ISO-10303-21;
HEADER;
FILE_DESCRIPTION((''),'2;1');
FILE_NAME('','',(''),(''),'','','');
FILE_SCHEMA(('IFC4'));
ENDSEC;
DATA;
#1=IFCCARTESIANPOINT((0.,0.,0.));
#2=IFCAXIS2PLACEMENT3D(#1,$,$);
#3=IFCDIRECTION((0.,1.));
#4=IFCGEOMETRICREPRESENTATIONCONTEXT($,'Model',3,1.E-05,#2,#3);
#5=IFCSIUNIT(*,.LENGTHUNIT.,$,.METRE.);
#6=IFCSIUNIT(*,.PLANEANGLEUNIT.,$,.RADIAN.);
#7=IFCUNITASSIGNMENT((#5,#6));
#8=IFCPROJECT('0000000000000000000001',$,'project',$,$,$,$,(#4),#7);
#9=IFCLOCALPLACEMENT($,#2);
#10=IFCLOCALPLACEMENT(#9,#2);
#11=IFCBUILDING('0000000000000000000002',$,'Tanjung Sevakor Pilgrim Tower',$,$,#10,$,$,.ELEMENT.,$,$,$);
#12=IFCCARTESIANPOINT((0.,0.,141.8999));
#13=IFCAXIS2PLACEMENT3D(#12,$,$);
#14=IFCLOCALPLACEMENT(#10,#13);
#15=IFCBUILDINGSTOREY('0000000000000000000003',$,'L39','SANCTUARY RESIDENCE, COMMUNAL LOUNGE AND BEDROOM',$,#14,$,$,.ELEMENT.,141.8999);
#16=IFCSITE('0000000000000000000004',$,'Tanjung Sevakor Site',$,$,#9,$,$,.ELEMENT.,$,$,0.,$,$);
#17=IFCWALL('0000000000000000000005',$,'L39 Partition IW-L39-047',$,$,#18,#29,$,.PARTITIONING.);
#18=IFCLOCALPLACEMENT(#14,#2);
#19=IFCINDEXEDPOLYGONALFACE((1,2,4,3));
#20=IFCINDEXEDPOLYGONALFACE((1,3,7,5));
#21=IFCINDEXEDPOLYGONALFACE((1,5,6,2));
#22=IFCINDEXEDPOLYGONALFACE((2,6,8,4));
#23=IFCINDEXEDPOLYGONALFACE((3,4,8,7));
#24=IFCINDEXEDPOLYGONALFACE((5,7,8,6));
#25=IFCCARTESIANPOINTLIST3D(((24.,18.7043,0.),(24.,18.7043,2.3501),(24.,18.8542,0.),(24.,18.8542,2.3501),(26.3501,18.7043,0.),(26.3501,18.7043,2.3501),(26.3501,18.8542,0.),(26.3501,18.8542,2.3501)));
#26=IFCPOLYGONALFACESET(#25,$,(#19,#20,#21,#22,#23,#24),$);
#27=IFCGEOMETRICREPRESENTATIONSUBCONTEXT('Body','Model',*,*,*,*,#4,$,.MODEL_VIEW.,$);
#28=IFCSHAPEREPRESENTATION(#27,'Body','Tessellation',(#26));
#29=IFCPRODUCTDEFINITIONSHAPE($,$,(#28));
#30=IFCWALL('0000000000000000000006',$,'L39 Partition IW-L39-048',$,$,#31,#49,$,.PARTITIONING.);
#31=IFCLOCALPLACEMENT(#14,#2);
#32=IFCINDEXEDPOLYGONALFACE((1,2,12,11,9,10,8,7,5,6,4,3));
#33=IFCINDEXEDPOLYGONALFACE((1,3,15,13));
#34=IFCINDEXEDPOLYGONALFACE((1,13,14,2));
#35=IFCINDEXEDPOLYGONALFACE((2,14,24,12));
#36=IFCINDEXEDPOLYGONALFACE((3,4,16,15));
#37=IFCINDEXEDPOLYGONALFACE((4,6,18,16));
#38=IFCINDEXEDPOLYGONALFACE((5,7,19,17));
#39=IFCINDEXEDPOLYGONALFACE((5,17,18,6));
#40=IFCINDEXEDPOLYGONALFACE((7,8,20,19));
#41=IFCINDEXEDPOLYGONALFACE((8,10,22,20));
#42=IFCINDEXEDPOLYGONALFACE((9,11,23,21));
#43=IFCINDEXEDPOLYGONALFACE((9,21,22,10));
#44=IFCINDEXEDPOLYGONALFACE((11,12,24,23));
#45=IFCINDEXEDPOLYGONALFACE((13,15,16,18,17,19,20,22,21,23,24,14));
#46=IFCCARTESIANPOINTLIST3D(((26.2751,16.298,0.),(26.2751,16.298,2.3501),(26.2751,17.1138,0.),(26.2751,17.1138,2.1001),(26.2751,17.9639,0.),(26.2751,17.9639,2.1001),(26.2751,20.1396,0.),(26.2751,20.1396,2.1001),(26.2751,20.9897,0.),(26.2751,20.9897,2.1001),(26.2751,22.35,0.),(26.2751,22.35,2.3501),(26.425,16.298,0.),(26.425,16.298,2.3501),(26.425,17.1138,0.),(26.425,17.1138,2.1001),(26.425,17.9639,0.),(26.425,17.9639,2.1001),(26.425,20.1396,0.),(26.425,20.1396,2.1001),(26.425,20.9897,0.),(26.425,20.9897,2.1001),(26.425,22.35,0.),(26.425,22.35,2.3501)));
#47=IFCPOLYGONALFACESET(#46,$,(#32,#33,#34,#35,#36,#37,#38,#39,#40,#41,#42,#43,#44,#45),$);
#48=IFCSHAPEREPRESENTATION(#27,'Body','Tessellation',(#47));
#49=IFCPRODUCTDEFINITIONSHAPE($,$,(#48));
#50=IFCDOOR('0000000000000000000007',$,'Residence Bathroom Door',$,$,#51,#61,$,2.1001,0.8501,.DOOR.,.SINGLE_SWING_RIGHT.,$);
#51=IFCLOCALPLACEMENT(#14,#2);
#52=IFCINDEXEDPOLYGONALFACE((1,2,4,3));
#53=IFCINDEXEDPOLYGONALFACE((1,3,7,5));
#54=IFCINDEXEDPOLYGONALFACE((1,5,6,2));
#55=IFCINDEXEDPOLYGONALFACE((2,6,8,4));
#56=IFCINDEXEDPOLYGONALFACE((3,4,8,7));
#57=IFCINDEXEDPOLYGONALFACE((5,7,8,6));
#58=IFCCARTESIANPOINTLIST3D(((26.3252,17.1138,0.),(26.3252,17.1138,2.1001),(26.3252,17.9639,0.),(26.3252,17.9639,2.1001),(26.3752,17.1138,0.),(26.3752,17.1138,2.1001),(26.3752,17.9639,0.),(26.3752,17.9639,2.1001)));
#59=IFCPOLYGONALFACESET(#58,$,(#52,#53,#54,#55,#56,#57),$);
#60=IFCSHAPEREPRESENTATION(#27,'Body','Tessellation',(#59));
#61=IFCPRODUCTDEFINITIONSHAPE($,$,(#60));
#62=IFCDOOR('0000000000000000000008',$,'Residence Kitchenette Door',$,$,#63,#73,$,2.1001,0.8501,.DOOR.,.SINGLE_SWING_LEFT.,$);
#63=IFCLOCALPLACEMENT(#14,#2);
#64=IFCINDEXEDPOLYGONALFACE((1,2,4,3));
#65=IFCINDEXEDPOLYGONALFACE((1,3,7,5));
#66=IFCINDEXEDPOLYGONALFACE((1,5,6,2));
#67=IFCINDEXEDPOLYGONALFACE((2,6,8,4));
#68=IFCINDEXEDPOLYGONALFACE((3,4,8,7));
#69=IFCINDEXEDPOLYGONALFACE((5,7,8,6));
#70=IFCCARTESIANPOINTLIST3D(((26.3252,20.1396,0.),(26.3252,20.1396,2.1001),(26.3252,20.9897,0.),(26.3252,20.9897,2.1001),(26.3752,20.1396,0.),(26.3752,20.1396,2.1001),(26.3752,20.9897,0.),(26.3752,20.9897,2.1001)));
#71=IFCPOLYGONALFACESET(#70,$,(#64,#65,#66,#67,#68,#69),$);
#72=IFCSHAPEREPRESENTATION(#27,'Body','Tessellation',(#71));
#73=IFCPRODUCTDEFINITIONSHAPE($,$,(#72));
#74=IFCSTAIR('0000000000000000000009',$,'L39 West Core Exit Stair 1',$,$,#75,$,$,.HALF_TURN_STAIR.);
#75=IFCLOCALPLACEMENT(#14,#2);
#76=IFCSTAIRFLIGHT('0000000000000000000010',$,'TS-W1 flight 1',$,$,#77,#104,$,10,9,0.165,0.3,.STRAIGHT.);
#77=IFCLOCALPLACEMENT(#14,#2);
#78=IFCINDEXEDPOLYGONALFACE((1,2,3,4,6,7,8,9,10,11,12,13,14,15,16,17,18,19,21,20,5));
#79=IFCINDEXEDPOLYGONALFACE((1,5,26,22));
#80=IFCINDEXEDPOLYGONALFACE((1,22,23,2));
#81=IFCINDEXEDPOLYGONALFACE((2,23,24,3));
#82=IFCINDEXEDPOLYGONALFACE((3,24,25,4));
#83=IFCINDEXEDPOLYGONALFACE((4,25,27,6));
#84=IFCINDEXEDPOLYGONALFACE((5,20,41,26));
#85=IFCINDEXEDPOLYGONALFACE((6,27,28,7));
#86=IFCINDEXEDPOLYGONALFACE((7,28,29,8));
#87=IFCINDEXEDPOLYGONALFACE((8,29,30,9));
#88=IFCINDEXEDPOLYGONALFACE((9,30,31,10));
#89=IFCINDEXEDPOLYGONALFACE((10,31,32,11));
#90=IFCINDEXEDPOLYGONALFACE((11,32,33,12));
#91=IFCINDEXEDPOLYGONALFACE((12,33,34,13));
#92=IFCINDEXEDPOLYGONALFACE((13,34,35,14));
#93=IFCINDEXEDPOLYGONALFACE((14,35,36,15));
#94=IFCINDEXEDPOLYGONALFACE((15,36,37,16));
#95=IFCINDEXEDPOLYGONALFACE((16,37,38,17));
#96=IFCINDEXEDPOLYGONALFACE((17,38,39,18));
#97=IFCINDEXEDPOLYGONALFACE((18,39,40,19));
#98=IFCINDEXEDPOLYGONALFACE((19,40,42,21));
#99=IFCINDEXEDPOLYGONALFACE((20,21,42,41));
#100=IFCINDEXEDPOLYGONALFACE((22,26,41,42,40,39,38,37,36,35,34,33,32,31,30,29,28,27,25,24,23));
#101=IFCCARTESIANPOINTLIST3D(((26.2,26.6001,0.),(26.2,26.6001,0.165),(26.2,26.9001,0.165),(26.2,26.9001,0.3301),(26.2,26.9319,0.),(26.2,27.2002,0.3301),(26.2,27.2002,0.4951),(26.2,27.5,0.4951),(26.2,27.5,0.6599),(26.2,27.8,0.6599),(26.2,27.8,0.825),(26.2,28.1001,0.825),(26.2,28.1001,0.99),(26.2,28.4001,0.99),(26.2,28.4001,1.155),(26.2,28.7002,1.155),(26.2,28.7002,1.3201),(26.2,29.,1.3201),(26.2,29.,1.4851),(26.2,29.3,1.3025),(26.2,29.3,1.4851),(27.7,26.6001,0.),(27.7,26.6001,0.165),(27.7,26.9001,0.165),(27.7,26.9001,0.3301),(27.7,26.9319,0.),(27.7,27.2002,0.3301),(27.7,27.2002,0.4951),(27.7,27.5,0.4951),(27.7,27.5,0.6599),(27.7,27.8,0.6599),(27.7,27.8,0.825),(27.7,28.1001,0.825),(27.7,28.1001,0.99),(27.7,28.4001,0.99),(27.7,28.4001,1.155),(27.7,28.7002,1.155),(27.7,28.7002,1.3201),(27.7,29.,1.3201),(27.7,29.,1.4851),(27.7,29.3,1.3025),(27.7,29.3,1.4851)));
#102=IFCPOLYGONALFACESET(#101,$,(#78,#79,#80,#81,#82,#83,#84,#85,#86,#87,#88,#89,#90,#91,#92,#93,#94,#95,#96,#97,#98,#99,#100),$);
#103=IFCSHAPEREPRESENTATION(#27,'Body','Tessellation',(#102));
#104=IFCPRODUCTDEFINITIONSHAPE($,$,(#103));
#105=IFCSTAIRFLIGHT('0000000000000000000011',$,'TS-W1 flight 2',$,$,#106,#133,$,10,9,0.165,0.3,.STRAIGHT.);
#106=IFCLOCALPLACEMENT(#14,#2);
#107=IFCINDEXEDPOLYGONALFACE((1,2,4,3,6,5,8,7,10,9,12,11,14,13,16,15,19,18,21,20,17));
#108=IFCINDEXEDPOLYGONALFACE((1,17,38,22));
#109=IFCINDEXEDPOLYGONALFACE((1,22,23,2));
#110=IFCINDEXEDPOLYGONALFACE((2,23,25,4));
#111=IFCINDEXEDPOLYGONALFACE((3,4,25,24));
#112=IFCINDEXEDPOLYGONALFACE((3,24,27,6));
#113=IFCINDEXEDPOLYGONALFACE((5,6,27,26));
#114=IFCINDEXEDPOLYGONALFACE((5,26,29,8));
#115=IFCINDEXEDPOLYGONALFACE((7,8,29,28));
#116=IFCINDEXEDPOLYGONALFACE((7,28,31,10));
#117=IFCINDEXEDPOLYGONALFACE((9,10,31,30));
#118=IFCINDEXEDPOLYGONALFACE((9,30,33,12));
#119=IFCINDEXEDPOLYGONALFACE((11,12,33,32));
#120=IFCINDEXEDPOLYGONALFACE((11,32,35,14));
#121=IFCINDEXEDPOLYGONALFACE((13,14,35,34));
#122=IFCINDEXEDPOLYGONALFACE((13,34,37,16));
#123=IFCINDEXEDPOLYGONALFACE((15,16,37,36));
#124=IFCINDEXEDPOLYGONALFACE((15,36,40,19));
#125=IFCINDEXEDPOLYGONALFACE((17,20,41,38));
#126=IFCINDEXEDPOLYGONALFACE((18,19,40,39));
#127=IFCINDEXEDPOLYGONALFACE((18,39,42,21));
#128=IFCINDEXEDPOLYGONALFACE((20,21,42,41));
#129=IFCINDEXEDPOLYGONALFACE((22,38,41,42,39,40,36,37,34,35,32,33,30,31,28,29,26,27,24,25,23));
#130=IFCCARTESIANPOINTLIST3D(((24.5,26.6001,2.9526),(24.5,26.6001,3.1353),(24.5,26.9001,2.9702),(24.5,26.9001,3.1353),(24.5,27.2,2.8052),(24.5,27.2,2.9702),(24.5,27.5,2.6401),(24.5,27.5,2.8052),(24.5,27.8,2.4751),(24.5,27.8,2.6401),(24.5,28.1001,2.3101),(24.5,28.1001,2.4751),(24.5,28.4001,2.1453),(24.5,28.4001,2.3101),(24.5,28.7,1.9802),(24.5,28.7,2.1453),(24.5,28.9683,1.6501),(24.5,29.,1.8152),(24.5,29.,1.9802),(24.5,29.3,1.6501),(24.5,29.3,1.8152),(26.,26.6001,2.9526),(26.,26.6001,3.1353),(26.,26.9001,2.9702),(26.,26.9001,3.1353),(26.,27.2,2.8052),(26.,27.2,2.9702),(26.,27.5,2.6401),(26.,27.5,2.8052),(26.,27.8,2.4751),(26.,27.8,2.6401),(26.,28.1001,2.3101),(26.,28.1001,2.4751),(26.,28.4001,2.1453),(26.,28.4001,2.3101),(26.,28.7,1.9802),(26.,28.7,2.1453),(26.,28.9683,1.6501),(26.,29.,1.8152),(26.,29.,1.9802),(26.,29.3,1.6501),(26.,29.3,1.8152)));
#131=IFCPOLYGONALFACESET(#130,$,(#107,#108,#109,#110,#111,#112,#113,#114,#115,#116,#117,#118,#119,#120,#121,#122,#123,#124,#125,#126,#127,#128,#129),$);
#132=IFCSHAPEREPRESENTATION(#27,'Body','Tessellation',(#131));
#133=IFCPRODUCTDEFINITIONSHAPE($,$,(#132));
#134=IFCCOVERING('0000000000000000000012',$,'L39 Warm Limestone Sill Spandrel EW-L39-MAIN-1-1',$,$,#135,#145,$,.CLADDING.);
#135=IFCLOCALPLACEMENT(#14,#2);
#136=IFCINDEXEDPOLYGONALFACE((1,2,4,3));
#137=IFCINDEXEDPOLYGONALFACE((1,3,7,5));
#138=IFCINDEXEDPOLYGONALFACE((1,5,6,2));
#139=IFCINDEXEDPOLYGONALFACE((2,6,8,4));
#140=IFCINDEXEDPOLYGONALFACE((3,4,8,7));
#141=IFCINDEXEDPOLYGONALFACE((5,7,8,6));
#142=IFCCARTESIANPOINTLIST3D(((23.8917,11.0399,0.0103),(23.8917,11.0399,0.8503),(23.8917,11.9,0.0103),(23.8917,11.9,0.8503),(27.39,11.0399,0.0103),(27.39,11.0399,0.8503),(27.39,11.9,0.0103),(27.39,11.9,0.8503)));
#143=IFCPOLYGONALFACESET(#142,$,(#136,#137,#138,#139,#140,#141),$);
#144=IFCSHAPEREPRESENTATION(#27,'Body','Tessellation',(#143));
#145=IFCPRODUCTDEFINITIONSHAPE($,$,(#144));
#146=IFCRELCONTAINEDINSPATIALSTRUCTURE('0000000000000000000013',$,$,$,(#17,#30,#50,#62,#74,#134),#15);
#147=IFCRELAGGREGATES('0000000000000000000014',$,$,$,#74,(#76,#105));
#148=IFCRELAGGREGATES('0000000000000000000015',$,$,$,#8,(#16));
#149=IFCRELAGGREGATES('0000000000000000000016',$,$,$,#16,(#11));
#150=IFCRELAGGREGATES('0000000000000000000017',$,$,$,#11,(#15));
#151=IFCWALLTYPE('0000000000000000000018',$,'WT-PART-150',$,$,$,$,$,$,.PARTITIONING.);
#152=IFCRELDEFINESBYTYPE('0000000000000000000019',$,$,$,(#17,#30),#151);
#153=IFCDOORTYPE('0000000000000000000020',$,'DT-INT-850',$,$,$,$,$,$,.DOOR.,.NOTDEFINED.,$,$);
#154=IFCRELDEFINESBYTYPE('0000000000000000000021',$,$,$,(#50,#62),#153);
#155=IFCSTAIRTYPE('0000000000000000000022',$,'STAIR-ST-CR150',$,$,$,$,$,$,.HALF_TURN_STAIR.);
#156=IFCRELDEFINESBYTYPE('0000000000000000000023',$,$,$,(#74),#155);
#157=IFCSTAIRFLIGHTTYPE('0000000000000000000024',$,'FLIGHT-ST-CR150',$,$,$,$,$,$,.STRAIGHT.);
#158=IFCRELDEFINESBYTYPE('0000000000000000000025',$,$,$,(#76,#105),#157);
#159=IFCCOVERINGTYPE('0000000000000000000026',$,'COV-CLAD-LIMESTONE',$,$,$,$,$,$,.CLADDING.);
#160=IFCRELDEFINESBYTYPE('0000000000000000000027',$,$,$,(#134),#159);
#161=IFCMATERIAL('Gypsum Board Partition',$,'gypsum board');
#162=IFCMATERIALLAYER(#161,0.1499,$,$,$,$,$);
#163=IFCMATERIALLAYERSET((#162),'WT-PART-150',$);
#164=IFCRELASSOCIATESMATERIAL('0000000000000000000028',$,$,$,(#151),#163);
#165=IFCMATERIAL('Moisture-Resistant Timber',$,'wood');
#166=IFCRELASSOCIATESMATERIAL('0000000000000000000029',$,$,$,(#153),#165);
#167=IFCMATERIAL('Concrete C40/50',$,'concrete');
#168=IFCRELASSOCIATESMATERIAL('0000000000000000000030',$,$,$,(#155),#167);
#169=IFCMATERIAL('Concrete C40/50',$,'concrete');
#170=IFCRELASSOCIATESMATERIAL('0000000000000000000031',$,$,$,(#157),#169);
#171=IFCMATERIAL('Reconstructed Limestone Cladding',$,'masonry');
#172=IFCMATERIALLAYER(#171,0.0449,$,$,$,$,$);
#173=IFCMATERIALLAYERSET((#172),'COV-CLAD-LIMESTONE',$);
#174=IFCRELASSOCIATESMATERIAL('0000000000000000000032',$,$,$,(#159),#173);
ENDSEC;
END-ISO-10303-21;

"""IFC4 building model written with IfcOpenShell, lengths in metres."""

from ifc_helpers import new_model, si_unit, direction, frame, frame_2d, origin, origin_2d, place, context, subcontext, project, spatial, polyline, rectangle, outline, extrude, material, layer, layer_set, type_object, element, fill, aggregate, save


model = new_model("IFC4")

# Units and contexts
model_context = context("Model", 3, precision=1e-05, world=origin(), true_north=direction((0.0, 1.0)))
body_context = subcontext(model_context, "Body", "Model", "MODEL_VIEW")
ifc_project = project(units=[si_unit("LENGTHUNIT", "METRE"), si_unit("PLANEANGLEUNIT", "RADIAN")], contexts=[model_context])

# Site, building, storey
site_placement = place(None, origin())
site = spatial("IfcSite", under=ifc_project, at=site_placement, Name="Tanjung Sevakor Site", CompositionType="ELEMENT", RefElevation=0.0)
building_placement = place(site_placement, origin())
building = spatial("IfcBuilding", under=site, at=building_placement, Name="Tanjung Sevakor Pilgrim Tower", CompositionType="ELEMENT")
storey_placement = place(building_placement, frame((0.0, 0.0, 141.8999)))
storey = spatial("IfcBuildingStorey", under=building, at=storey_placement, Name="L39", Description="SANCTUARY RESIDENCE, COMMUNAL LOUNGE AND BEDROOM", CompositionType="ELEMENT", Elevation=141.8999)

# Wall
ifc_material_1 = material(Name="Gypsum Board Partition", Category="gypsum board")
ifc_layer_1 = layer(ifc_material_1, 0.1499)
ifc_layer_set_1 = layer_set([ifc_layer_1], Name="WT-PART-150")
wall_type_1 = type_object("IfcWallType", Name="WT-PART-150", PredefinedType="PARTITIONING", material=ifc_layer_set_1)
wall_1_placement = place(storey_placement, frame((24.0, 18.7793, 0.0), z_axis=(0.0, 0.0, 1.0), x_axis=(1.0, 0.0, 0.0)))
element("IfcWall", 1, at=wall_1_placement, inside=storey, type_object=wall_type_1, Name="L39 Partition IW-L39-047", PredefinedType="PARTITIONING", context=body_context, shape_type="SweptSolid", body=[
    extrude(rectangle(XDim=2.3501, YDim=0.1499, at=frame_2d((1.175, 0.0))), origin(), (0.0, 0.0, 1.0), 2.3501),
])

# Wall, openings, doors
wall_2_placement = place(storey_placement, frame((26.3501, 16.2981, 0.0), z_axis=(0.0, 0.0, 1.0), x_axis=(0.0, 1.0, 0.0)))
wall_2 = element("IfcWall", 2, at=wall_2_placement, inside=storey, type_object=wall_type_1, Name="L39 Partition IW-L39-048", PredefinedType="PARTITIONING", context=body_context, shape_type="SweptSolid", body=[
    extrude(rectangle(XDim=6.052, YDim=0.1499, at=frame_2d((3.0259, 0.0))), origin(), (0.0, 0.0, 1.0), 2.3501),
])
opening_1_placement = place(wall_2_placement, frame((0.8157, 0.0, 0.0)))
opening_1 = element("IfcOpeningElement", 3, at=opening_1_placement, cuts=wall_2, PredefinedType="OPENING", context=body_context, shape_type="SweptSolid", body=[
    extrude(rectangle(XDim=0.8501, YDim=2.1001, at=frame_2d((0.425, 1.05))), frame((0.0, 0.085, 0.0), z_axis=(0.0, -1.0, 0.0), x_axis=(1.0, 0.0, 0.0)), (0.0, 0.0, 1.0), 0.1699),
])
opening_2_placement = place(wall_2_placement, frame((3.8416, 0.0, 0.0)))
opening_2 = element("IfcOpeningElement", 4, at=opening_2_placement, cuts=wall_2, PredefinedType="OPENING", context=body_context, shape_type="SweptSolid", body=[
    extrude(rectangle(XDim=0.8501, YDim=2.1001, at=frame_2d((0.425, 1.05))), frame((0.0, 0.085, 0.0), z_axis=(0.0, -1.0, 0.0), x_axis=(1.0, 0.0, 0.0)), (0.0, 0.0, 1.0), 0.1699),
])
ifc_material_2 = material(Name="Moisture-Resistant Timber", Category="wood")
door_type_1 = type_object("IfcDoorType", Name="DT-INT-850", OperationType="NOTDEFINED", PredefinedType="DOOR", material=ifc_material_2)
door_1_placement = place(opening_1_placement, origin())
door_1 = element("IfcDoor", 5, at=door_1_placement, inside=storey, type_object=door_type_1, Name="Residence Bathroom Door", OperationType="SINGLE_SWING_RIGHT", OverallHeight=2.1001, OverallWidth=0.8501, PredefinedType="DOOR", context=body_context, shape_type="SweptSolid", body=[
    extrude(rectangle(XDim=0.8501, YDim=2.1001, at=frame_2d((0.425, 1.05))), frame((0.0, 0.0249, 0.0), z_axis=(0.0, -1.0, 0.0), x_axis=(1.0, 0.0, 0.0)), (0.0, 0.0, 1.0), 0.05),
])
fill(opening_1, door_1)
door_2_placement = place(opening_2_placement, origin())
door_2 = element("IfcDoor", 6, at=door_2_placement, inside=storey, type_object=door_type_1, Name="Residence Kitchenette Door", OperationType="SINGLE_SWING_LEFT", OverallHeight=2.1001, OverallWidth=0.8501, PredefinedType="DOOR", context=body_context, shape_type="SweptSolid", body=[
    extrude(rectangle(XDim=0.8501, YDim=2.1001, at=frame_2d((0.425, 1.05))), frame((0.0, 0.0249, 0.0), z_axis=(0.0, -1.0, 0.0), x_axis=(1.0, 0.0, 0.0)), (0.0, 0.0, 1.0), 0.05),
])
fill(opening_2, door_2)

# Stair, stair flights
ifc_material_3 = material(Name="Concrete C40/50", Category="concrete")
stair_type = type_object("IfcStairType", Name="STAIR-ST-CR150", PredefinedType="HALF_TURN_STAIR", material=ifc_material_3)
stair_placement = place(storey_placement, origin())
stair = element("IfcStair", 7, at=stair_placement, inside=storey, type_object=stair_type, Name="L39 West Core Exit Stair 1", PredefinedType="HALF_TURN_STAIR")
ifc_material_4 = material(Name="Concrete C40/50", Category="concrete")
stair_flight_type = type_object("IfcStairFlightType", Name="FLIGHT-ST-CR150", PredefinedType="STRAIGHT", material=ifc_material_4)
stair_flight_1_placement = place(storey_placement, frame((26.95, 26.6001, 0.0), z_axis=(0.0, 0.0, 1.0), x_axis=(0.0, 1.0, 0.0)))
stair_flight_1 = element("IfcStairFlight", 8, at=stair_flight_1_placement, type_object=stair_flight_type, Name="TS-W1 flight 1", NumberOfRisers=10, NumberOfTreads=9, PredefinedType="STRAIGHT", RiserHeight=0.165, TreadLength=0.3, context=body_context, shape_type="SweptSolid", body=[
    extrude(outline(polyline([(0.0, 0.0), (0.0, 0.165), (0.3, 0.165), (0.3, 0.3301), (0.6001, 0.3301), (0.6001, 0.4951), (0.8999, 0.4951), (0.8999, 0.6599), (1.2, 0.6599), (1.2, 0.825), (1.5, 0.825), (1.5, 0.99), (1.8, 0.99), (1.8, 1.155), (2.1001, 1.155), (2.1001, 1.3201), (2.3999, 1.3201), (2.3999, 1.4851), (2.7, 1.4851), (2.7, 1.6499), (2.7, 1.3025), (0.3318, 0.0), (0.0, 0.0)])), frame((0.0, 0.75, 0.0), z_axis=(0.0, -1.0, 0.0), x_axis=(1.0, 0.0, 0.0)), (0.0, 0.0, 1.0), 1.5),
])
stair_flight_2_placement = place(storey_placement, frame((25.25, 29.3, 1.6501), z_axis=(0.0, 0.0, 1.0), x_axis=(0.0, -1.0, 0.0)))
stair_flight_2 = element("IfcStairFlight", 9, at=stair_flight_2_placement, type_object=stair_flight_type, Name="TS-W1 flight 2", NumberOfRisers=10, NumberOfTreads=9, PredefinedType="STRAIGHT", RiserHeight=0.165, TreadLength=0.3, context=body_context, shape_type="SweptSolid", body=[
    extrude(outline(polyline([(0.0, 0.0), (0.0, 0.165), (0.3, 0.165), (0.3, 0.3301), (0.6001, 0.3301), (0.6001, 0.4951), (0.8999, 0.4951), (0.8999, 0.6599), (1.2, 0.6599), (1.2, 0.825), (1.5, 0.825), (1.5, 0.99), (1.8, 0.99), (1.8, 1.155), (2.1001, 1.155), (2.1001, 1.3201), (2.3999, 1.3201), (2.3999, 1.4851), (2.7, 1.4851), (2.7, 1.6499), (2.7, 1.3025), (0.3318, 0.0), (0.0, 0.0)])), frame((0.0, 0.75, 0.0), z_axis=(0.0, -1.0, 0.0), x_axis=(1.0, 0.0, 0.0)), (0.0, 0.0, 1.0), 1.5),
])
aggregate(stair, [stair_flight_1, stair_flight_2])

# Covering
ifc_material_5 = material(Name="Reconstructed Limestone Cladding", Category="masonry")
ifc_layer_2 = layer(ifc_material_5, 0.0449)
ifc_layer_set_2 = layer_set([ifc_layer_2], Name="COV-CLAD-LIMESTONE")
covering_type = type_object("IfcCoveringType", Name="COV-CLAD-LIMESTONE", PredefinedType="CLADDING", material=ifc_layer_set_2)
covering_placement = place(storey_placement, frame((25.6409, 11.47, 0.0103), z_axis=(0.0, 0.0, 1.0), x_axis=(1.0, 0.0, 0.0)))
element("IfcCovering", 10, at=covering_placement, inside=storey, type_object=covering_type, Name="L39 Warm Limestone Sill Spandrel EW-L39-MAIN-1-1", PredefinedType="CLADDING", context=body_context, shape_type="SweptSolid", body=[
    extrude(rectangle(XDim=3.4983, YDim=0.8601, at=origin_2d()), origin(), (0.0, 0.0, 1.0), 0.8401),
])

save(model, "model.ifc")
